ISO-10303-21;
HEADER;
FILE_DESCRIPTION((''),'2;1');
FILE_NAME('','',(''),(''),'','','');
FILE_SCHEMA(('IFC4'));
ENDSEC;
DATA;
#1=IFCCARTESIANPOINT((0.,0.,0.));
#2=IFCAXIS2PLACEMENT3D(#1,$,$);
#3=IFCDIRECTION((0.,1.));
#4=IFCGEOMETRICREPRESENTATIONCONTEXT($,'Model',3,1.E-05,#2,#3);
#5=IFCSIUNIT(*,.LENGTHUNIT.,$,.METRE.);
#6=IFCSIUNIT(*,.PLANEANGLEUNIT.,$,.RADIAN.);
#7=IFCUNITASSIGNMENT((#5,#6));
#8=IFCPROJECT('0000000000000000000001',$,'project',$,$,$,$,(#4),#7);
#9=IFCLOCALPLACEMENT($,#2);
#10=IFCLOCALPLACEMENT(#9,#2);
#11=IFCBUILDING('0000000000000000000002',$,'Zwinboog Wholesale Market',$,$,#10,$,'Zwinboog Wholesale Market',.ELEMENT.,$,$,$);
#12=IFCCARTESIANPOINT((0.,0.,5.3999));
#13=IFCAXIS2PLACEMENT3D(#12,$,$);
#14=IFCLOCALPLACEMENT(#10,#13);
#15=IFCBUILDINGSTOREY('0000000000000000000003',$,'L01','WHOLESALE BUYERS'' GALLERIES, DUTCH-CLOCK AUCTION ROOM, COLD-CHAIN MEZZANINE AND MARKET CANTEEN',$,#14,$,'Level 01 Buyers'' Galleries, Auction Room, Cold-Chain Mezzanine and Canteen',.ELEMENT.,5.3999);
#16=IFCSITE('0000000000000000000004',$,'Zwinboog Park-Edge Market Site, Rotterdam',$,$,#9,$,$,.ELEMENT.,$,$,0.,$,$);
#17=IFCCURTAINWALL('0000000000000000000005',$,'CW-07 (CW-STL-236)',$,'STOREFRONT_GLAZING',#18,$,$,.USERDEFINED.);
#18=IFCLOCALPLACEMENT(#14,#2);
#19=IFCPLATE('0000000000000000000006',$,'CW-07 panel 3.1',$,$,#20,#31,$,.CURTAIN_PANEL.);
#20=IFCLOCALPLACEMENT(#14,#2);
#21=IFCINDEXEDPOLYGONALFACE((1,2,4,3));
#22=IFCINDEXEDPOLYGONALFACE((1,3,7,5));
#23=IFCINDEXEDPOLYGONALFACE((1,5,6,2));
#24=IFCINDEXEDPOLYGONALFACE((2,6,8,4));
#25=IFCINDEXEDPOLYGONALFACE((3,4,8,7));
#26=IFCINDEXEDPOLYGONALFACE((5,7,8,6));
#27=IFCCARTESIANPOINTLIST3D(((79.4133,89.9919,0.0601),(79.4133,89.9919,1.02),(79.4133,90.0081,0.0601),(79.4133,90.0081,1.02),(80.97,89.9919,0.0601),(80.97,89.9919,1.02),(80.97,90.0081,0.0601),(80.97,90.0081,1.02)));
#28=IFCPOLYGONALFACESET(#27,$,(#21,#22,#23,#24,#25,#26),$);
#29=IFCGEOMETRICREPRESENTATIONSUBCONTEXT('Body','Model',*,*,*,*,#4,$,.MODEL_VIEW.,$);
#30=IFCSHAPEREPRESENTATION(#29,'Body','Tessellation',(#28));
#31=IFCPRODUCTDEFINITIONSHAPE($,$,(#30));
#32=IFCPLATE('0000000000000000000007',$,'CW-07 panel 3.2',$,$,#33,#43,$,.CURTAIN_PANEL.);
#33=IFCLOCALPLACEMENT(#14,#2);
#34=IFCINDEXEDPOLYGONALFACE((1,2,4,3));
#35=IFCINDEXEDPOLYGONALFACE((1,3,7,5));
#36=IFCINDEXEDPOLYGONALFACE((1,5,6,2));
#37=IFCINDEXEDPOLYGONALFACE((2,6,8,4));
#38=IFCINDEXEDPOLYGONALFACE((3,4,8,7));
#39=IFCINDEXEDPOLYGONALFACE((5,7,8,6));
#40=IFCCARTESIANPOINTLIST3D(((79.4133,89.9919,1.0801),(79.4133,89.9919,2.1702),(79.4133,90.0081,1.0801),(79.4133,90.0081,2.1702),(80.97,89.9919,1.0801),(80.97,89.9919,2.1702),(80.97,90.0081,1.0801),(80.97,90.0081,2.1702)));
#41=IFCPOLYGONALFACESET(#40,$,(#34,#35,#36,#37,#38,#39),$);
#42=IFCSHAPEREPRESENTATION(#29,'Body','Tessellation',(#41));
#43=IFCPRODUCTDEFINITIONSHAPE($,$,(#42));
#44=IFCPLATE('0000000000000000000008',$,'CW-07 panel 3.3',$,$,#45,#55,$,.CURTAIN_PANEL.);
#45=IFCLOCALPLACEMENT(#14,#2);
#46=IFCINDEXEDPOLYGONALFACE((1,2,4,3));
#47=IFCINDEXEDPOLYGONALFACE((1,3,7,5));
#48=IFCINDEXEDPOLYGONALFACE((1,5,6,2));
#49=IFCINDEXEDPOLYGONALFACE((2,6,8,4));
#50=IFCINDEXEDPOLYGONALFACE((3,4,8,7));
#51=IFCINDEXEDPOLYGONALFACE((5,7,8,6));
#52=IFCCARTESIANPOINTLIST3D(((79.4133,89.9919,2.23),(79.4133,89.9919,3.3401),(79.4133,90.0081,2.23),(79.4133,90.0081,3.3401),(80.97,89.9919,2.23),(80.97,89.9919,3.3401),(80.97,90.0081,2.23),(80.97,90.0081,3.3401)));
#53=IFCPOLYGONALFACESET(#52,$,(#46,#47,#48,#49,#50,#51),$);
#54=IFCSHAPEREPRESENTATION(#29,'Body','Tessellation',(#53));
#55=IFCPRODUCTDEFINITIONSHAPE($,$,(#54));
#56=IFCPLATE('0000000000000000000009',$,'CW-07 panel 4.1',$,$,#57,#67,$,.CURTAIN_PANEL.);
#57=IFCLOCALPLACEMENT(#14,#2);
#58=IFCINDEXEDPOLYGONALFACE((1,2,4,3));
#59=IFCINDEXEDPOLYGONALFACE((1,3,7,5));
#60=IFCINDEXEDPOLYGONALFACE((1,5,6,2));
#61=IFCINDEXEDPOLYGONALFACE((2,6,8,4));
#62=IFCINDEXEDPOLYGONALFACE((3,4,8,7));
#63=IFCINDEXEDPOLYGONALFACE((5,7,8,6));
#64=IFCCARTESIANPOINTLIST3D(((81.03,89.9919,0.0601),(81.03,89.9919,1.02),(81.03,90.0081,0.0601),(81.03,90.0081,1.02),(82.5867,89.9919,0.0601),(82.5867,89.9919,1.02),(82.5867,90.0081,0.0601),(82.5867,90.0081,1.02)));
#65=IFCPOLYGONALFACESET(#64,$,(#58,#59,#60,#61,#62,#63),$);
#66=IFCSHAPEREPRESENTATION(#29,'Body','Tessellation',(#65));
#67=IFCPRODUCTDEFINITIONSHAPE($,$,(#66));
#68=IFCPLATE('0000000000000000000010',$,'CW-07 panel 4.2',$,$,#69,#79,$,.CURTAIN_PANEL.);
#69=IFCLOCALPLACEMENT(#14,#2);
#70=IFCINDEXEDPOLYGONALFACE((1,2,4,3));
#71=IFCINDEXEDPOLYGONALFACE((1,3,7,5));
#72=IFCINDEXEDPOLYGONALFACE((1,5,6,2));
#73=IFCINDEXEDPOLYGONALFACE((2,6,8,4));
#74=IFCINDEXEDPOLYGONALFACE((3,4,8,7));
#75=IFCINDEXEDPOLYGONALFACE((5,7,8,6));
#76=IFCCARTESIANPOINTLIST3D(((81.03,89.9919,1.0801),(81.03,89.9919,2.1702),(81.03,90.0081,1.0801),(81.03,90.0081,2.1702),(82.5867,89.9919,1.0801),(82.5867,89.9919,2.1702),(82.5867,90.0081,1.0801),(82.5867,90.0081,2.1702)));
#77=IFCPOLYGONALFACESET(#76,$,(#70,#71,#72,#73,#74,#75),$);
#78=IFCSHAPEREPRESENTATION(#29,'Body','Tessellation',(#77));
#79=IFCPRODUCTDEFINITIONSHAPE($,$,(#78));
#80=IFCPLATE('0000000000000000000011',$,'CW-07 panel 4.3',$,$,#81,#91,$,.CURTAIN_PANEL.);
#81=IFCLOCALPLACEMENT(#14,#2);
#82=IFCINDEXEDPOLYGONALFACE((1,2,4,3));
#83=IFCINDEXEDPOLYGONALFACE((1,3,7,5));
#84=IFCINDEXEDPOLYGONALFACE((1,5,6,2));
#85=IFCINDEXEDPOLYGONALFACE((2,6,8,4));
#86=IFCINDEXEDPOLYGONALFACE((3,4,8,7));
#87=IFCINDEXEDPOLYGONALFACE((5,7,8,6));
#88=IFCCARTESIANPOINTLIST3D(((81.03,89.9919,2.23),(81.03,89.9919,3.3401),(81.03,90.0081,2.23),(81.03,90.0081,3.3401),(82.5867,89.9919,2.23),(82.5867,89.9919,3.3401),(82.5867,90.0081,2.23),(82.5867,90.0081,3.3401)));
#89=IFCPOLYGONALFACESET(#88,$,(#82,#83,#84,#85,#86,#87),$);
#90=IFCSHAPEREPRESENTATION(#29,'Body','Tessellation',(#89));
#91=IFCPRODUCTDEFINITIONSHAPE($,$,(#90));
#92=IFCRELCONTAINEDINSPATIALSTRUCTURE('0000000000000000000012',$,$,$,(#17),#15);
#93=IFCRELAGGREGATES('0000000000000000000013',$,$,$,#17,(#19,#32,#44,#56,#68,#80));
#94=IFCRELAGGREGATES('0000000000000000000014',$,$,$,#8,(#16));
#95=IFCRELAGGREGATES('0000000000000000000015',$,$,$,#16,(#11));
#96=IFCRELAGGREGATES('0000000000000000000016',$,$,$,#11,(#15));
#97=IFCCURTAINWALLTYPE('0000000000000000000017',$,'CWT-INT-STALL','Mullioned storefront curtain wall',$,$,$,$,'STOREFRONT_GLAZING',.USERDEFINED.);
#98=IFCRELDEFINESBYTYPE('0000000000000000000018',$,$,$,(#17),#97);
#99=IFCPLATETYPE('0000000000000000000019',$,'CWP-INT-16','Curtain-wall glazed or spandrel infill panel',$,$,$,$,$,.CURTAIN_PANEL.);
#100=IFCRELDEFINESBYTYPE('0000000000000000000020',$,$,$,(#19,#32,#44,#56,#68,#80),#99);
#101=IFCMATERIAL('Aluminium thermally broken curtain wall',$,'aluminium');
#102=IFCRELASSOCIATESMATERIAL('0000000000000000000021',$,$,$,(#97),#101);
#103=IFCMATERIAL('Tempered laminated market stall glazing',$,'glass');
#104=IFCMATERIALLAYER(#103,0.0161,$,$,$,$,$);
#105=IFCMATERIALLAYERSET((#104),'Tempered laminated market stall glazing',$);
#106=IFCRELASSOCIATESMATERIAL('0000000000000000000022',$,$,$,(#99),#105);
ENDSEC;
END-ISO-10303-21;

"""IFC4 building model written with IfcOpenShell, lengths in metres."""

from ifc_helpers import new_model, si_unit, direction, frame, origin, origin_2d, place, context, subcontext, project, spatial, rectangle, extrude, material, layer, layer_set, type_object, element, aggregate, save


model = new_model("IFC4")

# Units and contexts
model_context = context("Model", 3, precision=1e-05, world=origin(), true_north=direction((0.0, 1.0)))
body_context = subcontext(model_context, "Body", "Model", "MODEL_VIEW")
ifc_project = project(units=[si_unit("LENGTHUNIT", "METRE"), si_unit("PLANEANGLEUNIT", "RADIAN")], contexts=[model_context])

# Site, building, storey
site_placement = place(None, origin())
site = spatial("IfcSite", under=ifc_project, at=site_placement, Name="Zwinboog Park-Edge Market Site, Rotterdam", CompositionType="ELEMENT", RefElevation=0.0)
building_placement = place(site_placement, origin())
building = spatial("IfcBuilding", under=site, at=building_placement, Name="Zwinboog Wholesale Market", LongName="Zwinboog Wholesale Market", CompositionType="ELEMENT")
storey_placement = place(building_placement, frame((0.0, 0.0, 5.3999)))
storey = spatial("IfcBuildingStorey", under=building, at=storey_placement, Name="L01", Description="WHOLESALE BUYERS' GALLERIES, DUTCH-CLOCK AUCTION ROOM, COLD-CHAIN MEZZANINE AND MARKET CANTEEN", LongName="Level 01 Buyers' Galleries, Auction Room, Cold-Chain Mezzanine and Canteen", CompositionType="ELEMENT", Elevation=5.3999)

# Curtain wall, plates
ifc_material_1 = material(Name="Aluminium thermally broken curtain wall", Category="aluminium")
curtain_wall_type = type_object("IfcCurtainWallType", Name="CWT-INT-STALL", Description="Mullioned storefront curtain wall", ElementType="STOREFRONT_GLAZING", PredefinedType="USERDEFINED", material=ifc_material_1)
curtain_wall_placement = place(storey_placement, origin())
curtain_wall = element("IfcCurtainWall", 1, at=curtain_wall_placement, inside=storey, type_object=curtain_wall_type, Name="CW-07 (CW-STL-236)", ObjectType="STOREFRONT_GLAZING", PredefinedType="USERDEFINED")
ifc_material_2 = material(Name="Tempered laminated market stall glazing", Category="glass")
ifc_layer = layer(ifc_material_2, 0.0161)
ifc_layer_set = layer_set([ifc_layer], Name="Tempered laminated market stall glazing")
plate_type = type_object("IfcPlateType", Name="CWP-INT-16", Description="Curtain-wall glazed or spandrel infill panel", PredefinedType="CURTAIN_PANEL", material=ifc_layer_set)
plate_1_placement = place(storey_placement, frame((80.1917, 90.0, 0.0601), z_axis=(0.0, 0.0, 1.0), x_axis=(1.0, 0.0, 0.0)))
plate_1 = element("IfcPlate", 2, at=plate_1_placement, type_object=plate_type, Name="CW-07 panel 3.1", PredefinedType="CURTAIN_PANEL", context=body_context, shape_type="SweptSolid", body=[
    extrude(rectangle(XDim=1.5566, YDim=0.0161, at=origin_2d()), origin(), (0.0, 0.0, 1.0), 0.96),
])
plate_2_placement = place(storey_placement, frame((80.1917, 90.0, 1.0801), z_axis=(0.0, 0.0, 1.0), x_axis=(1.0, 0.0, 0.0)))
plate_2 = element("IfcPlate", 3, at=plate_2_placement, type_object=plate_type, Name="CW-07 panel 3.2", PredefinedType="CURTAIN_PANEL", context=body_context, shape_type="SweptSolid", body=[
    extrude(rectangle(XDim=1.5566, YDim=0.0161, at=origin_2d()), origin(), (0.0, 0.0, 1.0), 1.0901),
])
plate_3_placement = place(storey_placement, frame((80.1917, 90.0, 2.23), z_axis=(0.0, 0.0, 1.0), x_axis=(1.0, 0.0, 0.0)))
plate_3 = element("IfcPlate", 4, at=plate_3_placement, type_object=plate_type, Name="CW-07 panel 3.3", PredefinedType="CURTAIN_PANEL", context=body_context, shape_type="SweptSolid", body=[
    extrude(rectangle(XDim=1.5566, YDim=0.0161, at=origin_2d()), origin(), (0.0, 0.0, 1.0), 1.1101),
])
plate_4_placement = place(storey_placement, frame((81.8083, 90.0, 0.0601), z_axis=(0.0, 0.0, 1.0), x_axis=(1.0, 0.0, 0.0)))
plate_4 = element("IfcPlate", 5, at=plate_4_placement, type_object=plate_type, Name="CW-07 panel 4.1", PredefinedType="CURTAIN_PANEL", context=body_context, shape_type="SweptSolid", body=[
    extrude(rectangle(XDim=1.5566, YDim=0.0161, at=origin_2d()), origin(), (0.0, 0.0, 1.0), 0.96),
])
plate_5_placement = place(storey_placement, frame((81.8083, 90.0, 1.0801), z_axis=(0.0, 0.0, 1.0), x_axis=(1.0, 0.0, 0.0)))
plate_5 = element("IfcPlate", 6, at=plate_5_placement, type_object=plate_type, Name="CW-07 panel 4.2", PredefinedType="CURTAIN_PANEL", context=body_context, shape_type="SweptSolid", body=[
    extrude(rectangle(XDim=1.5566, YDim=0.0161, at=origin_2d()), origin(), (0.0, 0.0, 1.0), 1.0901),
])
plate_6_placement = place(storey_placement, frame((81.8083, 90.0, 2.23), z_axis=(0.0, 0.0, 1.0), x_axis=(1.0, 0.0, 0.0)))
plate_6 = element("IfcPlate", 7, at=plate_6_placement, type_object=plate_type, Name="CW-07 panel 4.3", PredefinedType="CURTAIN_PANEL", context=body_context, shape_type="SweptSolid", body=[
    extrude(rectangle(XDim=1.5566, YDim=0.0161, at=origin_2d()), origin(), (0.0, 0.0, 1.0), 1.1101),
])
aggregate(curtain_wall, [plate_1, plate_2, plate_3, plate_4, plate_5, plate_6])

save(model, "model.ifc")
